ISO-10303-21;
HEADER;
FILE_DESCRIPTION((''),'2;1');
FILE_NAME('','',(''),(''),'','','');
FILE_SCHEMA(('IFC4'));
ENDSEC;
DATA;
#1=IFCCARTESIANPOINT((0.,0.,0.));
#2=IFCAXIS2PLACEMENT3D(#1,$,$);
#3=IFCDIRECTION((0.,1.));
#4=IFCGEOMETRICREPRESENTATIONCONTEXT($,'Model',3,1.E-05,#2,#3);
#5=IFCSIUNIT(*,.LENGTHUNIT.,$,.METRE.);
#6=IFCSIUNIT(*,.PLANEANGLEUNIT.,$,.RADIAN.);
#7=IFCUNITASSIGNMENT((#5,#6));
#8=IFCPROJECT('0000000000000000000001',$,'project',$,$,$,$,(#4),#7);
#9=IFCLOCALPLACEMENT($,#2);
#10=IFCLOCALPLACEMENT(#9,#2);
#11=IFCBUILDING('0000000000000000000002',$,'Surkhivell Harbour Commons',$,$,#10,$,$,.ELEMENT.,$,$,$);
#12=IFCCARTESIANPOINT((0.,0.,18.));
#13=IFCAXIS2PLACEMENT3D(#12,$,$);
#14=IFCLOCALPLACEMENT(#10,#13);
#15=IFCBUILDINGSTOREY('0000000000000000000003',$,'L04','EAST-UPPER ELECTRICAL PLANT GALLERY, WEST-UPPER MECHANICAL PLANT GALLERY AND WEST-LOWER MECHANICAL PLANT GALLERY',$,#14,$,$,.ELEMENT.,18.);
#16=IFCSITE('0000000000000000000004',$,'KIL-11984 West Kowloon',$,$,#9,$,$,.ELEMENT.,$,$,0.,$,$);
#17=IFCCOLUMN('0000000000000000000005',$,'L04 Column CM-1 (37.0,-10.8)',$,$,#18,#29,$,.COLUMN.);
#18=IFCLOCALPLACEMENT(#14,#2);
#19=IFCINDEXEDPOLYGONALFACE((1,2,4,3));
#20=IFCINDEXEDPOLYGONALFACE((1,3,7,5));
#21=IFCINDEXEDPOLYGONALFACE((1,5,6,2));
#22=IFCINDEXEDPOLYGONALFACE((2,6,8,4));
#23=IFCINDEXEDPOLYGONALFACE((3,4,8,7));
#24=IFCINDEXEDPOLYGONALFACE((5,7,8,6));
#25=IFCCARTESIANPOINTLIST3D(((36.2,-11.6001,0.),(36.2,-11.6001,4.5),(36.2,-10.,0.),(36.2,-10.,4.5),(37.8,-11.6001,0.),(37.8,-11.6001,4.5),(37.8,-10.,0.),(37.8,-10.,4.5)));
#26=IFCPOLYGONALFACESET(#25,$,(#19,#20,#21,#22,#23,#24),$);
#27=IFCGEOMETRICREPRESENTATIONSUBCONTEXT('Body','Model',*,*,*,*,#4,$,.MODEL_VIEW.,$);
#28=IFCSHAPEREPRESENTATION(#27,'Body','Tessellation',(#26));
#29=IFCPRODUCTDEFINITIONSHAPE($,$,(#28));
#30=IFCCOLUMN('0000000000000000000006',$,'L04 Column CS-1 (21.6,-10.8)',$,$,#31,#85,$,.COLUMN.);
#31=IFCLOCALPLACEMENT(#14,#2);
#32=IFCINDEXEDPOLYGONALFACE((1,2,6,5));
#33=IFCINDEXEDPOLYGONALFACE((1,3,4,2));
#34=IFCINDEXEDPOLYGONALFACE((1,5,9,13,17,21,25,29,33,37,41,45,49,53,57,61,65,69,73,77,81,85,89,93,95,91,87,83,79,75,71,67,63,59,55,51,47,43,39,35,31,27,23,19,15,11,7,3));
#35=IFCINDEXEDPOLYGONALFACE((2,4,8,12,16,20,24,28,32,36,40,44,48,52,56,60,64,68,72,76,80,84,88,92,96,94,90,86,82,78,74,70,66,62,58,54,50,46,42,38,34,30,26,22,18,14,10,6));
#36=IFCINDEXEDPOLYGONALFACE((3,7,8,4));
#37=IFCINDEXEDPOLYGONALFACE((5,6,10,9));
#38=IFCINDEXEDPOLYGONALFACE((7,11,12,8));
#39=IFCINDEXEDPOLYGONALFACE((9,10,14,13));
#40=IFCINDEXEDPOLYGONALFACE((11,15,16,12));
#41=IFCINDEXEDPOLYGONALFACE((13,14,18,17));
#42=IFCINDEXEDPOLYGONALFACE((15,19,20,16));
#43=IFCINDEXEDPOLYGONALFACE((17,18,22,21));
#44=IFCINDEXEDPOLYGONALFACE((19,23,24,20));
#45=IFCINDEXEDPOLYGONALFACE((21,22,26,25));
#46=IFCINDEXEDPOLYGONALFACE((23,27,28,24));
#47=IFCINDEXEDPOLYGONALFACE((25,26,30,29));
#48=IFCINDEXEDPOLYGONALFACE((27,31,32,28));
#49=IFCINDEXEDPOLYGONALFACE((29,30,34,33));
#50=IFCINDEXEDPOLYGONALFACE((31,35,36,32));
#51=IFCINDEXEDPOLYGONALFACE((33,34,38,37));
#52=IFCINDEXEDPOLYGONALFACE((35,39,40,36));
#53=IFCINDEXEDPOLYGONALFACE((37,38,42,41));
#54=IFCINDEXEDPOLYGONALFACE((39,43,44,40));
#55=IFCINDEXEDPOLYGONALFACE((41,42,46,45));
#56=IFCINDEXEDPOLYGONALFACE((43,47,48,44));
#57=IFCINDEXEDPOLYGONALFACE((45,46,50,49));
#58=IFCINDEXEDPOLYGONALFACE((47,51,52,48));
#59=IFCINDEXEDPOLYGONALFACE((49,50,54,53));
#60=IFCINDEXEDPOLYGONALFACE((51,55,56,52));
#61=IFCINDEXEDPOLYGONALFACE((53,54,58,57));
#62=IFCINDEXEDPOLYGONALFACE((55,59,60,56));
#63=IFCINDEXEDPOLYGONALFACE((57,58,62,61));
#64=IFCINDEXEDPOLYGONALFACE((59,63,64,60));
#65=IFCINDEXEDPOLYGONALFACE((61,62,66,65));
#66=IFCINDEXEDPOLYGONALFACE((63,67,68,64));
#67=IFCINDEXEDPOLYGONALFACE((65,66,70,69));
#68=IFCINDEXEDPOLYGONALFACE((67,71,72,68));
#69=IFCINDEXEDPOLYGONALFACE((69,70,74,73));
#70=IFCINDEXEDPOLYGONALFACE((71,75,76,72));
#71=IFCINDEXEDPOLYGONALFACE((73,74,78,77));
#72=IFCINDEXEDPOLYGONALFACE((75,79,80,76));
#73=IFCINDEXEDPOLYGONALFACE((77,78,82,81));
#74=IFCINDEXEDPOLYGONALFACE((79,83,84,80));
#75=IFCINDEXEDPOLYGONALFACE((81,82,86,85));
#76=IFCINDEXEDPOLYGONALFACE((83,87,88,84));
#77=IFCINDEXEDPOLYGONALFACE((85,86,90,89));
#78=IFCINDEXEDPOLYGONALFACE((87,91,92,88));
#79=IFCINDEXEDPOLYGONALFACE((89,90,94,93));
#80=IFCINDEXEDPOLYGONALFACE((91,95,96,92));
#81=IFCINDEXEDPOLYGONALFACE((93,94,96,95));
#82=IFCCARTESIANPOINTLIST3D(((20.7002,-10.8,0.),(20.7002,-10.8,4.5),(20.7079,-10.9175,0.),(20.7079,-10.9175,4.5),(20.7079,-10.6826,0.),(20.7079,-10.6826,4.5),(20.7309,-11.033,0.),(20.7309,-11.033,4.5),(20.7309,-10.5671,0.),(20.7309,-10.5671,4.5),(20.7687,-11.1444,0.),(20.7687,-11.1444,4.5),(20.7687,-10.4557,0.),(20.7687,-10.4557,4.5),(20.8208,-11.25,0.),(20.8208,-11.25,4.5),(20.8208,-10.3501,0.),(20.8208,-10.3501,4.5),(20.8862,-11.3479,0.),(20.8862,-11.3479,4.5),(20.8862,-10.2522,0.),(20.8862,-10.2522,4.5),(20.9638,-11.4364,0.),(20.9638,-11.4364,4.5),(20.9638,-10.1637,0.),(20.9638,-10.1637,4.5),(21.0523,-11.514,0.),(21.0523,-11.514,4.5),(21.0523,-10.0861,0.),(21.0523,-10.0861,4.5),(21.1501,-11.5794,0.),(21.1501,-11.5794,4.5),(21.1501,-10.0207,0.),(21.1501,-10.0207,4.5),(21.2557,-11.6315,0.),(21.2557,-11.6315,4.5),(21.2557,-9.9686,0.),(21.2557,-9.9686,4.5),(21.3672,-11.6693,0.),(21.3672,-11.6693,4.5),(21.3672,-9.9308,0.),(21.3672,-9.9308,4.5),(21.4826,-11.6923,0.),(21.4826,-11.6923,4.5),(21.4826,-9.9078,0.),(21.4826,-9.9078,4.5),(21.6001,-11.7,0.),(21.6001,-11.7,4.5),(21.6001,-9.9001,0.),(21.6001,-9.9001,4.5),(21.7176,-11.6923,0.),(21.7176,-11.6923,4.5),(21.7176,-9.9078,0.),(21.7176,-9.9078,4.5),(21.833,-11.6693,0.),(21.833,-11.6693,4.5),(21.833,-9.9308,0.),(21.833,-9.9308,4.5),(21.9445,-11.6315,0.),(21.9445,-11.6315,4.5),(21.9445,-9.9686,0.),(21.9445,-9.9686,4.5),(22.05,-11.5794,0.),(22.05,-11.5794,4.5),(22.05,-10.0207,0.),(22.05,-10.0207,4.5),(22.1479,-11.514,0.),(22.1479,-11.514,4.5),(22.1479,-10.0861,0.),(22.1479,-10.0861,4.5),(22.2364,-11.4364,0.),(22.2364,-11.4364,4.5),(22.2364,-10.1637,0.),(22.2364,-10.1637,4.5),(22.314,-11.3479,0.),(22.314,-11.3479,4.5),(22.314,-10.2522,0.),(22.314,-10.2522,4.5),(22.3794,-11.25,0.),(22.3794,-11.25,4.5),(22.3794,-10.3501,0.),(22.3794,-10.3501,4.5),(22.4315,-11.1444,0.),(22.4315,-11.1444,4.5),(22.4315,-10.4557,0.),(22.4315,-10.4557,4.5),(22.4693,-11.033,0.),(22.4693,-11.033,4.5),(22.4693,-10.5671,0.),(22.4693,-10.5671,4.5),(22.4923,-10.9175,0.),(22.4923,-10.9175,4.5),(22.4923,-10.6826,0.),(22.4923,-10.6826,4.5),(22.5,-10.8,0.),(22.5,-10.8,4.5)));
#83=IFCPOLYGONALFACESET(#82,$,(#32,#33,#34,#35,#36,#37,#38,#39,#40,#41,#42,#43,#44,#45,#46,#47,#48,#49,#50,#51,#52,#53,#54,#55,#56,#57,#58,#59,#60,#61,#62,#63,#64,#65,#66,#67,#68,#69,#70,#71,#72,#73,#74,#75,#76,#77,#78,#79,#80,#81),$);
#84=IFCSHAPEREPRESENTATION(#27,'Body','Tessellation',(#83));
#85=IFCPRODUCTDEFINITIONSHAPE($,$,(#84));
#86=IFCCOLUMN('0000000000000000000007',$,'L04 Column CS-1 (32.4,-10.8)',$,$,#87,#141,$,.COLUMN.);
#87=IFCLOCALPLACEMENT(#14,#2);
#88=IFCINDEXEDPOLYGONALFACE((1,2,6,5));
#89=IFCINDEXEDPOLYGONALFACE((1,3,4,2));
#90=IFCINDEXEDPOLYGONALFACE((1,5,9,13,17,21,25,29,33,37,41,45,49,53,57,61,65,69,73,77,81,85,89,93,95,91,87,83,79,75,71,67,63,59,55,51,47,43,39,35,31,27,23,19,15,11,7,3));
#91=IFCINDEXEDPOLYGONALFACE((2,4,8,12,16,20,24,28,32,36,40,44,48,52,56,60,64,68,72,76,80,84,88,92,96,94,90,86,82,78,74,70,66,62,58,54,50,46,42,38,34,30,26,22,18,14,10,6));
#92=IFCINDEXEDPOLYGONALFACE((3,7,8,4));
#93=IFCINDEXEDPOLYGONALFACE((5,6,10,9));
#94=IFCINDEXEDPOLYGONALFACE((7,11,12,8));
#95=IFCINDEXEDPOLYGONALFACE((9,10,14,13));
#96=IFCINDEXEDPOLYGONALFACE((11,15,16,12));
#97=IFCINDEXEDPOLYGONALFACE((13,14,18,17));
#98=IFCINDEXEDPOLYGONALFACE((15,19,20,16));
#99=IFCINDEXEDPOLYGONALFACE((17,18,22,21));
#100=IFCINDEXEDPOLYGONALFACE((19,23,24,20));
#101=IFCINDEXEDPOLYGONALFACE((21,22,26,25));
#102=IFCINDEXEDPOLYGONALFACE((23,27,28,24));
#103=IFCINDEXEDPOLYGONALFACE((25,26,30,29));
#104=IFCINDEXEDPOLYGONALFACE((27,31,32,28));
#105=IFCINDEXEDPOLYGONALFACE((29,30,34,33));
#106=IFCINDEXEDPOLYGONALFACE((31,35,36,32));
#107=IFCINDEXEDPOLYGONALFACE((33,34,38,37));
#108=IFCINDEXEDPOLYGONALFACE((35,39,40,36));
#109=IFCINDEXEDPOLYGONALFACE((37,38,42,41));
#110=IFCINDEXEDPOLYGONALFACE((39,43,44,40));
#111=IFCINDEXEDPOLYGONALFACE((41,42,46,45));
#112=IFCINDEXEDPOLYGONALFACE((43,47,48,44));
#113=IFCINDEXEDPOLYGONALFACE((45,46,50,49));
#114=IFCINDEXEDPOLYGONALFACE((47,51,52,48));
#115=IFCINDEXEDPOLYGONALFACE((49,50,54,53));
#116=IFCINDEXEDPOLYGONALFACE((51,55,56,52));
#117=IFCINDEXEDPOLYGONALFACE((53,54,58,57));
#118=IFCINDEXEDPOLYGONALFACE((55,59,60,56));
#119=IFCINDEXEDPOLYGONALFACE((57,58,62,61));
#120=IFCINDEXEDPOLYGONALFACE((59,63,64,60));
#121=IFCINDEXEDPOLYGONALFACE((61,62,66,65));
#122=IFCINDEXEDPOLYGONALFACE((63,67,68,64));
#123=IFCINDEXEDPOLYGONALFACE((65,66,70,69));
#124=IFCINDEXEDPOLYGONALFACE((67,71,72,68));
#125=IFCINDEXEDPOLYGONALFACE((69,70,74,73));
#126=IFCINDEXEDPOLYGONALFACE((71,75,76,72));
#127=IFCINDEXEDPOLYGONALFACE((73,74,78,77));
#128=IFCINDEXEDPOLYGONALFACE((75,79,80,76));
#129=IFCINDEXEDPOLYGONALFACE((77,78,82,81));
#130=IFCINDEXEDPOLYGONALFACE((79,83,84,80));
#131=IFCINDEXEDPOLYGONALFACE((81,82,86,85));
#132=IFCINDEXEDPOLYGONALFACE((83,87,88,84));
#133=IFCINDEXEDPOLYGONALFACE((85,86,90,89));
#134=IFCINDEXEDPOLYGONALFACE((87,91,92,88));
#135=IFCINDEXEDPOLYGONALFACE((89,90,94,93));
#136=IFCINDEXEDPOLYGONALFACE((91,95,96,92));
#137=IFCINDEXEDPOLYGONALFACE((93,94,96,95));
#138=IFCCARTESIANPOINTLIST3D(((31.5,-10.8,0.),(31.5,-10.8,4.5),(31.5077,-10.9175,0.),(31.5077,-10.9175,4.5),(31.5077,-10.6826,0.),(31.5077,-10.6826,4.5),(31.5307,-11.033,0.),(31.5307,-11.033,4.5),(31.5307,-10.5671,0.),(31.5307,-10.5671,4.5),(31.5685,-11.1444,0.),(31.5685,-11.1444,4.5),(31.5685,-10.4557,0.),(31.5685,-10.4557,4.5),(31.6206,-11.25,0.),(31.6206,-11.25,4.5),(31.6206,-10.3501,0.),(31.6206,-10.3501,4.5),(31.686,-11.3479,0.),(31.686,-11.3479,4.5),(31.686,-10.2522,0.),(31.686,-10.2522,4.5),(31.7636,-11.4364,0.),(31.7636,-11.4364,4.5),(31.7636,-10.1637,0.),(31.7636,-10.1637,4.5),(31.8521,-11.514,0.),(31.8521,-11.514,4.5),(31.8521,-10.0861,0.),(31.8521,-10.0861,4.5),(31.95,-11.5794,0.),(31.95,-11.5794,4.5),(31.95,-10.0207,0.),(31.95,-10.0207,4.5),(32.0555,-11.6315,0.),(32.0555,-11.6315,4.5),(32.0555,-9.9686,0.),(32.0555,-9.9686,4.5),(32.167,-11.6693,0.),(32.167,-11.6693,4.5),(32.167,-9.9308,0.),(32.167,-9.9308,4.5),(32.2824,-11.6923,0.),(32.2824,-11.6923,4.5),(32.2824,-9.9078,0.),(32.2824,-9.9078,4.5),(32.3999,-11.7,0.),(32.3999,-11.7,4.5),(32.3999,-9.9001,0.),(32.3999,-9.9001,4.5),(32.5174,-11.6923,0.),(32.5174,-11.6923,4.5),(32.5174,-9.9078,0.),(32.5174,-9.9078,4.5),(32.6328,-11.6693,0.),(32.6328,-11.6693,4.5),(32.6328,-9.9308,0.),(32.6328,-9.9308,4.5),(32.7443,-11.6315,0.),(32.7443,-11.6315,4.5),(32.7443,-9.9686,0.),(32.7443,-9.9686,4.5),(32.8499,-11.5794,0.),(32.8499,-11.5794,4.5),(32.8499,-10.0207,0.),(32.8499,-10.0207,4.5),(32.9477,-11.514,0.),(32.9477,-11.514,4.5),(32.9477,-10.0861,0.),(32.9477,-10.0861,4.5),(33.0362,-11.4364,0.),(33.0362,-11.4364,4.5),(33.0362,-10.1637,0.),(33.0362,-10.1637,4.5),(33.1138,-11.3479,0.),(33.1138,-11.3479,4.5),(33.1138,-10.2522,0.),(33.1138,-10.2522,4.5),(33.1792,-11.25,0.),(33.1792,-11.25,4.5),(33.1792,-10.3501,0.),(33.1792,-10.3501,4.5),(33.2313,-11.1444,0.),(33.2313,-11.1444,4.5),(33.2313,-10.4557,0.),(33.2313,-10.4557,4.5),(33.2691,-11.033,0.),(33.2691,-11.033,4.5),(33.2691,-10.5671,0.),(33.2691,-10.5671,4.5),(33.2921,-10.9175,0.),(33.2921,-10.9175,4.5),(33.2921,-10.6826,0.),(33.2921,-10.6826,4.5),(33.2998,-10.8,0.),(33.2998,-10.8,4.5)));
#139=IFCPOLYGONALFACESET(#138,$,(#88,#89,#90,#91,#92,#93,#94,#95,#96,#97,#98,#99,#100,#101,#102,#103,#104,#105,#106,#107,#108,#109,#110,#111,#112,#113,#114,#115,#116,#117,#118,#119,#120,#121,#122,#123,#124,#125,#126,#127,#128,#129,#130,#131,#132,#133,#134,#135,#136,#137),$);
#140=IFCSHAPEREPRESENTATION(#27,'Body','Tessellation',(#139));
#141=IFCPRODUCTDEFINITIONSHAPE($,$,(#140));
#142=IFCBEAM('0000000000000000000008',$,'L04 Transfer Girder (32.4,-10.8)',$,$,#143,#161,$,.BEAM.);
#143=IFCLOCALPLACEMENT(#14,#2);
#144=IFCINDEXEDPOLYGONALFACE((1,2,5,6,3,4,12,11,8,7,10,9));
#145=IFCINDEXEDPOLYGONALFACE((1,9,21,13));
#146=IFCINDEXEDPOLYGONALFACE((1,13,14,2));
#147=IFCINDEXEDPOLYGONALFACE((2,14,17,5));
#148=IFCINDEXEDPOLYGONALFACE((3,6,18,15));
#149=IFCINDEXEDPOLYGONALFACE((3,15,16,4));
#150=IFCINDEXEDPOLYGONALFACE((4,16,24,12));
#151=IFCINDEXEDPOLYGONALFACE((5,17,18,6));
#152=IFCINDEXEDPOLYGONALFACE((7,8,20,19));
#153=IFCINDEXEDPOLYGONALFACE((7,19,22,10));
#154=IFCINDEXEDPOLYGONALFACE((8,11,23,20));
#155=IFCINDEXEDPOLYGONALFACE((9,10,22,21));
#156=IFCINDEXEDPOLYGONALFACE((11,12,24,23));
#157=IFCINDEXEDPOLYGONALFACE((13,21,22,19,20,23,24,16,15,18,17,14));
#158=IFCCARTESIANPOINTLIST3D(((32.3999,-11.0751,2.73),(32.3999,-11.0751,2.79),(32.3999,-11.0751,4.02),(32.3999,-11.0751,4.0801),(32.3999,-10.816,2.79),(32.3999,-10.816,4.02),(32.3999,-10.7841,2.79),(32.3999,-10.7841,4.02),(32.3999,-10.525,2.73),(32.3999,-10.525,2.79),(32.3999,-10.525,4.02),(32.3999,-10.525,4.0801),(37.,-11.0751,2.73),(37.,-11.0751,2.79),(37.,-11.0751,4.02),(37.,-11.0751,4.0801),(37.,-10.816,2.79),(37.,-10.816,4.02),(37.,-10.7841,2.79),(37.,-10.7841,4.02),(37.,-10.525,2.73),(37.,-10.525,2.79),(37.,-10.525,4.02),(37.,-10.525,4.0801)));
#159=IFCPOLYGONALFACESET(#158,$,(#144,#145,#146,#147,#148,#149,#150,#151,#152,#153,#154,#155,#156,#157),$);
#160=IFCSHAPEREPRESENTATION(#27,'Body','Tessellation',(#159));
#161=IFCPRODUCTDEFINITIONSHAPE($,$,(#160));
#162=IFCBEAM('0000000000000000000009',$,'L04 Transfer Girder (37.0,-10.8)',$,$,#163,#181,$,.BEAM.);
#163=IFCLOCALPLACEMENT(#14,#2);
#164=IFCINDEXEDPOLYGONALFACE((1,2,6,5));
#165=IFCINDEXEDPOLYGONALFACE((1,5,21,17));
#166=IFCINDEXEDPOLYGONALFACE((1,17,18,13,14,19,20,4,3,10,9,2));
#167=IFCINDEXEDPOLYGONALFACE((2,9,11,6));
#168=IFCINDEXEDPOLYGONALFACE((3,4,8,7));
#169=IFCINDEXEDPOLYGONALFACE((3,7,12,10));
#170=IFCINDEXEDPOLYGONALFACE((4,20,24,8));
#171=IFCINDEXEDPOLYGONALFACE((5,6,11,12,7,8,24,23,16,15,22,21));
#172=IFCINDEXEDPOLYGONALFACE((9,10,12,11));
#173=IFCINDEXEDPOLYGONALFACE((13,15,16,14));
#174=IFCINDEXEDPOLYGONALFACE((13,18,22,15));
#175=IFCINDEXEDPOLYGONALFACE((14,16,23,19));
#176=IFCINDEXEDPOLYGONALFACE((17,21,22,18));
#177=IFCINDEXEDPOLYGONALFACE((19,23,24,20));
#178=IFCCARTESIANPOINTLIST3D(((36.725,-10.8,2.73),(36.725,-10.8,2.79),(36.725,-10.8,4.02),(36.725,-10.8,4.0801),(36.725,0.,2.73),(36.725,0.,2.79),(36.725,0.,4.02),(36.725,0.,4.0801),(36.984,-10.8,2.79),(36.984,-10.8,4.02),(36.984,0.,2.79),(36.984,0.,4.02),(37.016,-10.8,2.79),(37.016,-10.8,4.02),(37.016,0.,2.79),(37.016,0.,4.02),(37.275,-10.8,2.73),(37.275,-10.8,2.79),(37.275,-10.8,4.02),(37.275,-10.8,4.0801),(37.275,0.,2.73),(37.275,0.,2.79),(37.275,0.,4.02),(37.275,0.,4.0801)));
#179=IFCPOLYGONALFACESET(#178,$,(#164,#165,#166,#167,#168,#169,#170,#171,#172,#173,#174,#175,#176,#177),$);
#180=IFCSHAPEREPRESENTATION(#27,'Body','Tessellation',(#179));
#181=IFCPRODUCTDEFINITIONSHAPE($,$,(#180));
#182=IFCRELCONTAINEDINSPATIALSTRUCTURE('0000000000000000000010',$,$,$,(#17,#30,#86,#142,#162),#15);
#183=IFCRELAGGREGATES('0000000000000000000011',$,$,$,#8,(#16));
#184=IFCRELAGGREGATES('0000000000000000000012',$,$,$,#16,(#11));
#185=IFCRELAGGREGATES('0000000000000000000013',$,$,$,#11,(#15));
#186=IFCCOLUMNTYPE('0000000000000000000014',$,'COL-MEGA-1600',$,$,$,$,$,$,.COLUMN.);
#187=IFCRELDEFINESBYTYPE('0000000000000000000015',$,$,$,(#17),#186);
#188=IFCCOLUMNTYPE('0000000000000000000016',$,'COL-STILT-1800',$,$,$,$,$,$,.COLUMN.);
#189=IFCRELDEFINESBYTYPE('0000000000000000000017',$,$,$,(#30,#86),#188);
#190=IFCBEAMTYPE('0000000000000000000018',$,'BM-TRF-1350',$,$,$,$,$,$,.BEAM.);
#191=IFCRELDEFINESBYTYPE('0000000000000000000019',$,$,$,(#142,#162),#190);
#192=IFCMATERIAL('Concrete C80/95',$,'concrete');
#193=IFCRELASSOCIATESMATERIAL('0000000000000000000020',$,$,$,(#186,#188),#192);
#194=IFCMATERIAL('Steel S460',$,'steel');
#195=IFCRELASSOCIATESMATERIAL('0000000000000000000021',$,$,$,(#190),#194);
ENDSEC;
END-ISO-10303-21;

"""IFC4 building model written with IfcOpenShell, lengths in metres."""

from ifc_helpers import new_model, si_unit, direction, frame, origin, origin_2d, place, context, subcontext, project, spatial, rectangle, circle, i_section, extrude, material, material_profile, profile_set, type_object, element, save


model = new_model("IFC4")

# Units and contexts
model_context = context("Model", 3, precision=1e-05, world=origin(), true_north=direction((0.0, 1.0)))
body_context = subcontext(model_context, "Body", "Model", "MODEL_VIEW")
ifc_project = project(units=[si_unit("LENGTHUNIT", "METRE"), si_unit("PLANEANGLEUNIT", "RADIAN")], contexts=[model_context])

# Site, building, storey
site_placement = place(None, origin())
site = spatial("IfcSite", under=ifc_project, at=site_placement, Name="KIL-11984 West Kowloon", CompositionType="ELEMENT", RefElevation=0.0)
building_placement = place(site_placement, origin())
building = spatial("IfcBuilding", under=site, at=building_placement, Name="Surkhivell Harbour Commons", CompositionType="ELEMENT")
storey_placement = place(building_placement, frame((0.0, 0.0, 18.0)))
storey = spatial("IfcBuildingStorey", under=building, at=storey_placement, Name="L04", Description="EAST-UPPER ELECTRICAL PLANT GALLERY, WEST-UPPER MECHANICAL PLANT GALLERY AND WEST-LOWER MECHANICAL PLANT GALLERY", CompositionType="ELEMENT", Elevation=18.0)

# Columns
ifc_material_1 = material(Name="Concrete C80/95", Category="concrete")
ifc_material_profile_1 = material_profile(ifc_material_1, rectangle(XDim=1.6001, YDim=1.6001, at=origin_2d()), Name="RC-COL-1600x1600")
ifc_profile_set_1 = profile_set([ifc_material_profile_1], Name="Concrete C80/95")
column_type_1 = type_object("IfcColumnType", Name="COL-MEGA-1600", PredefinedType="COLUMN", material=ifc_profile_set_1)
column_placement = place(storey_placement, frame((37.0, -10.8, 0.0), z_axis=(0.0, 0.0, 1.0), x_axis=(1.0, 0.0, 0.0)))
element("IfcColumn", 1, at=column_placement, inside=storey, type_object=column_type_1, Name="L04 Column CM-1 (37.0,-10.8)", PredefinedType="COLUMN", context=body_context, shape_type="SweptSolid", body=[
    extrude(rectangle(XDim=1.6001, YDim=1.6001, at=origin_2d()), origin(), (0.0, 0.0, 1.0), 4.5),
])
ifc_material_profile_2 = material_profile(ifc_material_1, circle(Radius=0.8999, at=origin_2d()), Name="RC-CIRC-1800")
ifc_profile_set_2 = profile_set([ifc_material_profile_2], Name="Concrete C80/95")
column_type_2 = type_object("IfcColumnType", Name="COL-STILT-1800", PredefinedType="COLUMN", material=ifc_profile_set_2)
for number, where, z_axis, x_axis, name in (
    (2, (21.6001, -10.8, 0.0), (0.0, 0.0, 1.0), (1.0, 0.0, 0.0), "L04 Column CS-1 (21.6,-10.8)"),
    (3, (32.3999, -10.8, 0.0), (0.0, 0.0, 1.0), (1.0, 0.0, 0.0), "L04 Column CS-1 (32.4,-10.8)"),
):
    element("IfcColumn", number, at=place(storey_placement, frame(where, z_axis=z_axis, x_axis=x_axis)), inside=storey, type_object=column_type_2, Name=name, PredefinedType="COLUMN", context=body_context, shape_type="SweptSolid", body=[
        extrude(circle(Radius=0.8999, at=origin_2d()), origin(), (0.0, 0.0, 1.0), 4.5),
    ])

# Beams
ifc_material_2 = material(Name="Steel S460", Category="steel")
ifc_material_profile_3 = material_profile(ifc_material_2, i_section(OverallWidth=0.55, OverallDepth=1.3501, WebThickness=0.032, FlangeThickness=0.0601, at=origin_2d()), Name="WPG1350x550x248")
ifc_profile_set_3 = profile_set([ifc_material_profile_3], Name="Steel S460")
beam_type_1 = type_object("IfcBeamType", Name="BM-TRF-1350", PredefinedType="BEAM", material=ifc_profile_set_3)
beam_1_placement = place(storey_placement, frame((32.3999, -10.8, 3.405), z_axis=(1.0, 0.0, 0.0), x_axis=(0.0, 1.0, 0.0)))
element("IfcBeam", 4, at=beam_1_placement, inside=storey, type_object=beam_type_1, Name="L04 Transfer Girder (32.4,-10.8)", PredefinedType="BEAM", context=body_context, shape_type="SweptSolid", body=[
    extrude(i_section(OverallWidth=0.55, OverallDepth=1.3501, WebThickness=0.032, FlangeThickness=0.0601, at=origin_2d()), origin(), (0.0, 0.0, 1.0), 4.6001),
])
beam_2_placement = place(storey_placement, frame((37.0, -10.8, 3.405), z_axis=(0.0, 1.0, 0.0), x_axis=(-1.0, 0.0, 0.0)))
element("IfcBeam", 5, at=beam_2_placement, inside=storey, type_object=beam_type_1, Name="L04 Transfer Girder (37.0,-10.8)", PredefinedType="BEAM", context=body_context, shape_type="SweptSolid", body=[
    extrude(i_section(OverallWidth=0.55, OverallDepth=1.3501, WebThickness=0.032, FlangeThickness=0.0601, at=origin_2d()), origin(), (0.0, 0.0, 1.0), 10.8),
])

save(model, "model.ifc")
